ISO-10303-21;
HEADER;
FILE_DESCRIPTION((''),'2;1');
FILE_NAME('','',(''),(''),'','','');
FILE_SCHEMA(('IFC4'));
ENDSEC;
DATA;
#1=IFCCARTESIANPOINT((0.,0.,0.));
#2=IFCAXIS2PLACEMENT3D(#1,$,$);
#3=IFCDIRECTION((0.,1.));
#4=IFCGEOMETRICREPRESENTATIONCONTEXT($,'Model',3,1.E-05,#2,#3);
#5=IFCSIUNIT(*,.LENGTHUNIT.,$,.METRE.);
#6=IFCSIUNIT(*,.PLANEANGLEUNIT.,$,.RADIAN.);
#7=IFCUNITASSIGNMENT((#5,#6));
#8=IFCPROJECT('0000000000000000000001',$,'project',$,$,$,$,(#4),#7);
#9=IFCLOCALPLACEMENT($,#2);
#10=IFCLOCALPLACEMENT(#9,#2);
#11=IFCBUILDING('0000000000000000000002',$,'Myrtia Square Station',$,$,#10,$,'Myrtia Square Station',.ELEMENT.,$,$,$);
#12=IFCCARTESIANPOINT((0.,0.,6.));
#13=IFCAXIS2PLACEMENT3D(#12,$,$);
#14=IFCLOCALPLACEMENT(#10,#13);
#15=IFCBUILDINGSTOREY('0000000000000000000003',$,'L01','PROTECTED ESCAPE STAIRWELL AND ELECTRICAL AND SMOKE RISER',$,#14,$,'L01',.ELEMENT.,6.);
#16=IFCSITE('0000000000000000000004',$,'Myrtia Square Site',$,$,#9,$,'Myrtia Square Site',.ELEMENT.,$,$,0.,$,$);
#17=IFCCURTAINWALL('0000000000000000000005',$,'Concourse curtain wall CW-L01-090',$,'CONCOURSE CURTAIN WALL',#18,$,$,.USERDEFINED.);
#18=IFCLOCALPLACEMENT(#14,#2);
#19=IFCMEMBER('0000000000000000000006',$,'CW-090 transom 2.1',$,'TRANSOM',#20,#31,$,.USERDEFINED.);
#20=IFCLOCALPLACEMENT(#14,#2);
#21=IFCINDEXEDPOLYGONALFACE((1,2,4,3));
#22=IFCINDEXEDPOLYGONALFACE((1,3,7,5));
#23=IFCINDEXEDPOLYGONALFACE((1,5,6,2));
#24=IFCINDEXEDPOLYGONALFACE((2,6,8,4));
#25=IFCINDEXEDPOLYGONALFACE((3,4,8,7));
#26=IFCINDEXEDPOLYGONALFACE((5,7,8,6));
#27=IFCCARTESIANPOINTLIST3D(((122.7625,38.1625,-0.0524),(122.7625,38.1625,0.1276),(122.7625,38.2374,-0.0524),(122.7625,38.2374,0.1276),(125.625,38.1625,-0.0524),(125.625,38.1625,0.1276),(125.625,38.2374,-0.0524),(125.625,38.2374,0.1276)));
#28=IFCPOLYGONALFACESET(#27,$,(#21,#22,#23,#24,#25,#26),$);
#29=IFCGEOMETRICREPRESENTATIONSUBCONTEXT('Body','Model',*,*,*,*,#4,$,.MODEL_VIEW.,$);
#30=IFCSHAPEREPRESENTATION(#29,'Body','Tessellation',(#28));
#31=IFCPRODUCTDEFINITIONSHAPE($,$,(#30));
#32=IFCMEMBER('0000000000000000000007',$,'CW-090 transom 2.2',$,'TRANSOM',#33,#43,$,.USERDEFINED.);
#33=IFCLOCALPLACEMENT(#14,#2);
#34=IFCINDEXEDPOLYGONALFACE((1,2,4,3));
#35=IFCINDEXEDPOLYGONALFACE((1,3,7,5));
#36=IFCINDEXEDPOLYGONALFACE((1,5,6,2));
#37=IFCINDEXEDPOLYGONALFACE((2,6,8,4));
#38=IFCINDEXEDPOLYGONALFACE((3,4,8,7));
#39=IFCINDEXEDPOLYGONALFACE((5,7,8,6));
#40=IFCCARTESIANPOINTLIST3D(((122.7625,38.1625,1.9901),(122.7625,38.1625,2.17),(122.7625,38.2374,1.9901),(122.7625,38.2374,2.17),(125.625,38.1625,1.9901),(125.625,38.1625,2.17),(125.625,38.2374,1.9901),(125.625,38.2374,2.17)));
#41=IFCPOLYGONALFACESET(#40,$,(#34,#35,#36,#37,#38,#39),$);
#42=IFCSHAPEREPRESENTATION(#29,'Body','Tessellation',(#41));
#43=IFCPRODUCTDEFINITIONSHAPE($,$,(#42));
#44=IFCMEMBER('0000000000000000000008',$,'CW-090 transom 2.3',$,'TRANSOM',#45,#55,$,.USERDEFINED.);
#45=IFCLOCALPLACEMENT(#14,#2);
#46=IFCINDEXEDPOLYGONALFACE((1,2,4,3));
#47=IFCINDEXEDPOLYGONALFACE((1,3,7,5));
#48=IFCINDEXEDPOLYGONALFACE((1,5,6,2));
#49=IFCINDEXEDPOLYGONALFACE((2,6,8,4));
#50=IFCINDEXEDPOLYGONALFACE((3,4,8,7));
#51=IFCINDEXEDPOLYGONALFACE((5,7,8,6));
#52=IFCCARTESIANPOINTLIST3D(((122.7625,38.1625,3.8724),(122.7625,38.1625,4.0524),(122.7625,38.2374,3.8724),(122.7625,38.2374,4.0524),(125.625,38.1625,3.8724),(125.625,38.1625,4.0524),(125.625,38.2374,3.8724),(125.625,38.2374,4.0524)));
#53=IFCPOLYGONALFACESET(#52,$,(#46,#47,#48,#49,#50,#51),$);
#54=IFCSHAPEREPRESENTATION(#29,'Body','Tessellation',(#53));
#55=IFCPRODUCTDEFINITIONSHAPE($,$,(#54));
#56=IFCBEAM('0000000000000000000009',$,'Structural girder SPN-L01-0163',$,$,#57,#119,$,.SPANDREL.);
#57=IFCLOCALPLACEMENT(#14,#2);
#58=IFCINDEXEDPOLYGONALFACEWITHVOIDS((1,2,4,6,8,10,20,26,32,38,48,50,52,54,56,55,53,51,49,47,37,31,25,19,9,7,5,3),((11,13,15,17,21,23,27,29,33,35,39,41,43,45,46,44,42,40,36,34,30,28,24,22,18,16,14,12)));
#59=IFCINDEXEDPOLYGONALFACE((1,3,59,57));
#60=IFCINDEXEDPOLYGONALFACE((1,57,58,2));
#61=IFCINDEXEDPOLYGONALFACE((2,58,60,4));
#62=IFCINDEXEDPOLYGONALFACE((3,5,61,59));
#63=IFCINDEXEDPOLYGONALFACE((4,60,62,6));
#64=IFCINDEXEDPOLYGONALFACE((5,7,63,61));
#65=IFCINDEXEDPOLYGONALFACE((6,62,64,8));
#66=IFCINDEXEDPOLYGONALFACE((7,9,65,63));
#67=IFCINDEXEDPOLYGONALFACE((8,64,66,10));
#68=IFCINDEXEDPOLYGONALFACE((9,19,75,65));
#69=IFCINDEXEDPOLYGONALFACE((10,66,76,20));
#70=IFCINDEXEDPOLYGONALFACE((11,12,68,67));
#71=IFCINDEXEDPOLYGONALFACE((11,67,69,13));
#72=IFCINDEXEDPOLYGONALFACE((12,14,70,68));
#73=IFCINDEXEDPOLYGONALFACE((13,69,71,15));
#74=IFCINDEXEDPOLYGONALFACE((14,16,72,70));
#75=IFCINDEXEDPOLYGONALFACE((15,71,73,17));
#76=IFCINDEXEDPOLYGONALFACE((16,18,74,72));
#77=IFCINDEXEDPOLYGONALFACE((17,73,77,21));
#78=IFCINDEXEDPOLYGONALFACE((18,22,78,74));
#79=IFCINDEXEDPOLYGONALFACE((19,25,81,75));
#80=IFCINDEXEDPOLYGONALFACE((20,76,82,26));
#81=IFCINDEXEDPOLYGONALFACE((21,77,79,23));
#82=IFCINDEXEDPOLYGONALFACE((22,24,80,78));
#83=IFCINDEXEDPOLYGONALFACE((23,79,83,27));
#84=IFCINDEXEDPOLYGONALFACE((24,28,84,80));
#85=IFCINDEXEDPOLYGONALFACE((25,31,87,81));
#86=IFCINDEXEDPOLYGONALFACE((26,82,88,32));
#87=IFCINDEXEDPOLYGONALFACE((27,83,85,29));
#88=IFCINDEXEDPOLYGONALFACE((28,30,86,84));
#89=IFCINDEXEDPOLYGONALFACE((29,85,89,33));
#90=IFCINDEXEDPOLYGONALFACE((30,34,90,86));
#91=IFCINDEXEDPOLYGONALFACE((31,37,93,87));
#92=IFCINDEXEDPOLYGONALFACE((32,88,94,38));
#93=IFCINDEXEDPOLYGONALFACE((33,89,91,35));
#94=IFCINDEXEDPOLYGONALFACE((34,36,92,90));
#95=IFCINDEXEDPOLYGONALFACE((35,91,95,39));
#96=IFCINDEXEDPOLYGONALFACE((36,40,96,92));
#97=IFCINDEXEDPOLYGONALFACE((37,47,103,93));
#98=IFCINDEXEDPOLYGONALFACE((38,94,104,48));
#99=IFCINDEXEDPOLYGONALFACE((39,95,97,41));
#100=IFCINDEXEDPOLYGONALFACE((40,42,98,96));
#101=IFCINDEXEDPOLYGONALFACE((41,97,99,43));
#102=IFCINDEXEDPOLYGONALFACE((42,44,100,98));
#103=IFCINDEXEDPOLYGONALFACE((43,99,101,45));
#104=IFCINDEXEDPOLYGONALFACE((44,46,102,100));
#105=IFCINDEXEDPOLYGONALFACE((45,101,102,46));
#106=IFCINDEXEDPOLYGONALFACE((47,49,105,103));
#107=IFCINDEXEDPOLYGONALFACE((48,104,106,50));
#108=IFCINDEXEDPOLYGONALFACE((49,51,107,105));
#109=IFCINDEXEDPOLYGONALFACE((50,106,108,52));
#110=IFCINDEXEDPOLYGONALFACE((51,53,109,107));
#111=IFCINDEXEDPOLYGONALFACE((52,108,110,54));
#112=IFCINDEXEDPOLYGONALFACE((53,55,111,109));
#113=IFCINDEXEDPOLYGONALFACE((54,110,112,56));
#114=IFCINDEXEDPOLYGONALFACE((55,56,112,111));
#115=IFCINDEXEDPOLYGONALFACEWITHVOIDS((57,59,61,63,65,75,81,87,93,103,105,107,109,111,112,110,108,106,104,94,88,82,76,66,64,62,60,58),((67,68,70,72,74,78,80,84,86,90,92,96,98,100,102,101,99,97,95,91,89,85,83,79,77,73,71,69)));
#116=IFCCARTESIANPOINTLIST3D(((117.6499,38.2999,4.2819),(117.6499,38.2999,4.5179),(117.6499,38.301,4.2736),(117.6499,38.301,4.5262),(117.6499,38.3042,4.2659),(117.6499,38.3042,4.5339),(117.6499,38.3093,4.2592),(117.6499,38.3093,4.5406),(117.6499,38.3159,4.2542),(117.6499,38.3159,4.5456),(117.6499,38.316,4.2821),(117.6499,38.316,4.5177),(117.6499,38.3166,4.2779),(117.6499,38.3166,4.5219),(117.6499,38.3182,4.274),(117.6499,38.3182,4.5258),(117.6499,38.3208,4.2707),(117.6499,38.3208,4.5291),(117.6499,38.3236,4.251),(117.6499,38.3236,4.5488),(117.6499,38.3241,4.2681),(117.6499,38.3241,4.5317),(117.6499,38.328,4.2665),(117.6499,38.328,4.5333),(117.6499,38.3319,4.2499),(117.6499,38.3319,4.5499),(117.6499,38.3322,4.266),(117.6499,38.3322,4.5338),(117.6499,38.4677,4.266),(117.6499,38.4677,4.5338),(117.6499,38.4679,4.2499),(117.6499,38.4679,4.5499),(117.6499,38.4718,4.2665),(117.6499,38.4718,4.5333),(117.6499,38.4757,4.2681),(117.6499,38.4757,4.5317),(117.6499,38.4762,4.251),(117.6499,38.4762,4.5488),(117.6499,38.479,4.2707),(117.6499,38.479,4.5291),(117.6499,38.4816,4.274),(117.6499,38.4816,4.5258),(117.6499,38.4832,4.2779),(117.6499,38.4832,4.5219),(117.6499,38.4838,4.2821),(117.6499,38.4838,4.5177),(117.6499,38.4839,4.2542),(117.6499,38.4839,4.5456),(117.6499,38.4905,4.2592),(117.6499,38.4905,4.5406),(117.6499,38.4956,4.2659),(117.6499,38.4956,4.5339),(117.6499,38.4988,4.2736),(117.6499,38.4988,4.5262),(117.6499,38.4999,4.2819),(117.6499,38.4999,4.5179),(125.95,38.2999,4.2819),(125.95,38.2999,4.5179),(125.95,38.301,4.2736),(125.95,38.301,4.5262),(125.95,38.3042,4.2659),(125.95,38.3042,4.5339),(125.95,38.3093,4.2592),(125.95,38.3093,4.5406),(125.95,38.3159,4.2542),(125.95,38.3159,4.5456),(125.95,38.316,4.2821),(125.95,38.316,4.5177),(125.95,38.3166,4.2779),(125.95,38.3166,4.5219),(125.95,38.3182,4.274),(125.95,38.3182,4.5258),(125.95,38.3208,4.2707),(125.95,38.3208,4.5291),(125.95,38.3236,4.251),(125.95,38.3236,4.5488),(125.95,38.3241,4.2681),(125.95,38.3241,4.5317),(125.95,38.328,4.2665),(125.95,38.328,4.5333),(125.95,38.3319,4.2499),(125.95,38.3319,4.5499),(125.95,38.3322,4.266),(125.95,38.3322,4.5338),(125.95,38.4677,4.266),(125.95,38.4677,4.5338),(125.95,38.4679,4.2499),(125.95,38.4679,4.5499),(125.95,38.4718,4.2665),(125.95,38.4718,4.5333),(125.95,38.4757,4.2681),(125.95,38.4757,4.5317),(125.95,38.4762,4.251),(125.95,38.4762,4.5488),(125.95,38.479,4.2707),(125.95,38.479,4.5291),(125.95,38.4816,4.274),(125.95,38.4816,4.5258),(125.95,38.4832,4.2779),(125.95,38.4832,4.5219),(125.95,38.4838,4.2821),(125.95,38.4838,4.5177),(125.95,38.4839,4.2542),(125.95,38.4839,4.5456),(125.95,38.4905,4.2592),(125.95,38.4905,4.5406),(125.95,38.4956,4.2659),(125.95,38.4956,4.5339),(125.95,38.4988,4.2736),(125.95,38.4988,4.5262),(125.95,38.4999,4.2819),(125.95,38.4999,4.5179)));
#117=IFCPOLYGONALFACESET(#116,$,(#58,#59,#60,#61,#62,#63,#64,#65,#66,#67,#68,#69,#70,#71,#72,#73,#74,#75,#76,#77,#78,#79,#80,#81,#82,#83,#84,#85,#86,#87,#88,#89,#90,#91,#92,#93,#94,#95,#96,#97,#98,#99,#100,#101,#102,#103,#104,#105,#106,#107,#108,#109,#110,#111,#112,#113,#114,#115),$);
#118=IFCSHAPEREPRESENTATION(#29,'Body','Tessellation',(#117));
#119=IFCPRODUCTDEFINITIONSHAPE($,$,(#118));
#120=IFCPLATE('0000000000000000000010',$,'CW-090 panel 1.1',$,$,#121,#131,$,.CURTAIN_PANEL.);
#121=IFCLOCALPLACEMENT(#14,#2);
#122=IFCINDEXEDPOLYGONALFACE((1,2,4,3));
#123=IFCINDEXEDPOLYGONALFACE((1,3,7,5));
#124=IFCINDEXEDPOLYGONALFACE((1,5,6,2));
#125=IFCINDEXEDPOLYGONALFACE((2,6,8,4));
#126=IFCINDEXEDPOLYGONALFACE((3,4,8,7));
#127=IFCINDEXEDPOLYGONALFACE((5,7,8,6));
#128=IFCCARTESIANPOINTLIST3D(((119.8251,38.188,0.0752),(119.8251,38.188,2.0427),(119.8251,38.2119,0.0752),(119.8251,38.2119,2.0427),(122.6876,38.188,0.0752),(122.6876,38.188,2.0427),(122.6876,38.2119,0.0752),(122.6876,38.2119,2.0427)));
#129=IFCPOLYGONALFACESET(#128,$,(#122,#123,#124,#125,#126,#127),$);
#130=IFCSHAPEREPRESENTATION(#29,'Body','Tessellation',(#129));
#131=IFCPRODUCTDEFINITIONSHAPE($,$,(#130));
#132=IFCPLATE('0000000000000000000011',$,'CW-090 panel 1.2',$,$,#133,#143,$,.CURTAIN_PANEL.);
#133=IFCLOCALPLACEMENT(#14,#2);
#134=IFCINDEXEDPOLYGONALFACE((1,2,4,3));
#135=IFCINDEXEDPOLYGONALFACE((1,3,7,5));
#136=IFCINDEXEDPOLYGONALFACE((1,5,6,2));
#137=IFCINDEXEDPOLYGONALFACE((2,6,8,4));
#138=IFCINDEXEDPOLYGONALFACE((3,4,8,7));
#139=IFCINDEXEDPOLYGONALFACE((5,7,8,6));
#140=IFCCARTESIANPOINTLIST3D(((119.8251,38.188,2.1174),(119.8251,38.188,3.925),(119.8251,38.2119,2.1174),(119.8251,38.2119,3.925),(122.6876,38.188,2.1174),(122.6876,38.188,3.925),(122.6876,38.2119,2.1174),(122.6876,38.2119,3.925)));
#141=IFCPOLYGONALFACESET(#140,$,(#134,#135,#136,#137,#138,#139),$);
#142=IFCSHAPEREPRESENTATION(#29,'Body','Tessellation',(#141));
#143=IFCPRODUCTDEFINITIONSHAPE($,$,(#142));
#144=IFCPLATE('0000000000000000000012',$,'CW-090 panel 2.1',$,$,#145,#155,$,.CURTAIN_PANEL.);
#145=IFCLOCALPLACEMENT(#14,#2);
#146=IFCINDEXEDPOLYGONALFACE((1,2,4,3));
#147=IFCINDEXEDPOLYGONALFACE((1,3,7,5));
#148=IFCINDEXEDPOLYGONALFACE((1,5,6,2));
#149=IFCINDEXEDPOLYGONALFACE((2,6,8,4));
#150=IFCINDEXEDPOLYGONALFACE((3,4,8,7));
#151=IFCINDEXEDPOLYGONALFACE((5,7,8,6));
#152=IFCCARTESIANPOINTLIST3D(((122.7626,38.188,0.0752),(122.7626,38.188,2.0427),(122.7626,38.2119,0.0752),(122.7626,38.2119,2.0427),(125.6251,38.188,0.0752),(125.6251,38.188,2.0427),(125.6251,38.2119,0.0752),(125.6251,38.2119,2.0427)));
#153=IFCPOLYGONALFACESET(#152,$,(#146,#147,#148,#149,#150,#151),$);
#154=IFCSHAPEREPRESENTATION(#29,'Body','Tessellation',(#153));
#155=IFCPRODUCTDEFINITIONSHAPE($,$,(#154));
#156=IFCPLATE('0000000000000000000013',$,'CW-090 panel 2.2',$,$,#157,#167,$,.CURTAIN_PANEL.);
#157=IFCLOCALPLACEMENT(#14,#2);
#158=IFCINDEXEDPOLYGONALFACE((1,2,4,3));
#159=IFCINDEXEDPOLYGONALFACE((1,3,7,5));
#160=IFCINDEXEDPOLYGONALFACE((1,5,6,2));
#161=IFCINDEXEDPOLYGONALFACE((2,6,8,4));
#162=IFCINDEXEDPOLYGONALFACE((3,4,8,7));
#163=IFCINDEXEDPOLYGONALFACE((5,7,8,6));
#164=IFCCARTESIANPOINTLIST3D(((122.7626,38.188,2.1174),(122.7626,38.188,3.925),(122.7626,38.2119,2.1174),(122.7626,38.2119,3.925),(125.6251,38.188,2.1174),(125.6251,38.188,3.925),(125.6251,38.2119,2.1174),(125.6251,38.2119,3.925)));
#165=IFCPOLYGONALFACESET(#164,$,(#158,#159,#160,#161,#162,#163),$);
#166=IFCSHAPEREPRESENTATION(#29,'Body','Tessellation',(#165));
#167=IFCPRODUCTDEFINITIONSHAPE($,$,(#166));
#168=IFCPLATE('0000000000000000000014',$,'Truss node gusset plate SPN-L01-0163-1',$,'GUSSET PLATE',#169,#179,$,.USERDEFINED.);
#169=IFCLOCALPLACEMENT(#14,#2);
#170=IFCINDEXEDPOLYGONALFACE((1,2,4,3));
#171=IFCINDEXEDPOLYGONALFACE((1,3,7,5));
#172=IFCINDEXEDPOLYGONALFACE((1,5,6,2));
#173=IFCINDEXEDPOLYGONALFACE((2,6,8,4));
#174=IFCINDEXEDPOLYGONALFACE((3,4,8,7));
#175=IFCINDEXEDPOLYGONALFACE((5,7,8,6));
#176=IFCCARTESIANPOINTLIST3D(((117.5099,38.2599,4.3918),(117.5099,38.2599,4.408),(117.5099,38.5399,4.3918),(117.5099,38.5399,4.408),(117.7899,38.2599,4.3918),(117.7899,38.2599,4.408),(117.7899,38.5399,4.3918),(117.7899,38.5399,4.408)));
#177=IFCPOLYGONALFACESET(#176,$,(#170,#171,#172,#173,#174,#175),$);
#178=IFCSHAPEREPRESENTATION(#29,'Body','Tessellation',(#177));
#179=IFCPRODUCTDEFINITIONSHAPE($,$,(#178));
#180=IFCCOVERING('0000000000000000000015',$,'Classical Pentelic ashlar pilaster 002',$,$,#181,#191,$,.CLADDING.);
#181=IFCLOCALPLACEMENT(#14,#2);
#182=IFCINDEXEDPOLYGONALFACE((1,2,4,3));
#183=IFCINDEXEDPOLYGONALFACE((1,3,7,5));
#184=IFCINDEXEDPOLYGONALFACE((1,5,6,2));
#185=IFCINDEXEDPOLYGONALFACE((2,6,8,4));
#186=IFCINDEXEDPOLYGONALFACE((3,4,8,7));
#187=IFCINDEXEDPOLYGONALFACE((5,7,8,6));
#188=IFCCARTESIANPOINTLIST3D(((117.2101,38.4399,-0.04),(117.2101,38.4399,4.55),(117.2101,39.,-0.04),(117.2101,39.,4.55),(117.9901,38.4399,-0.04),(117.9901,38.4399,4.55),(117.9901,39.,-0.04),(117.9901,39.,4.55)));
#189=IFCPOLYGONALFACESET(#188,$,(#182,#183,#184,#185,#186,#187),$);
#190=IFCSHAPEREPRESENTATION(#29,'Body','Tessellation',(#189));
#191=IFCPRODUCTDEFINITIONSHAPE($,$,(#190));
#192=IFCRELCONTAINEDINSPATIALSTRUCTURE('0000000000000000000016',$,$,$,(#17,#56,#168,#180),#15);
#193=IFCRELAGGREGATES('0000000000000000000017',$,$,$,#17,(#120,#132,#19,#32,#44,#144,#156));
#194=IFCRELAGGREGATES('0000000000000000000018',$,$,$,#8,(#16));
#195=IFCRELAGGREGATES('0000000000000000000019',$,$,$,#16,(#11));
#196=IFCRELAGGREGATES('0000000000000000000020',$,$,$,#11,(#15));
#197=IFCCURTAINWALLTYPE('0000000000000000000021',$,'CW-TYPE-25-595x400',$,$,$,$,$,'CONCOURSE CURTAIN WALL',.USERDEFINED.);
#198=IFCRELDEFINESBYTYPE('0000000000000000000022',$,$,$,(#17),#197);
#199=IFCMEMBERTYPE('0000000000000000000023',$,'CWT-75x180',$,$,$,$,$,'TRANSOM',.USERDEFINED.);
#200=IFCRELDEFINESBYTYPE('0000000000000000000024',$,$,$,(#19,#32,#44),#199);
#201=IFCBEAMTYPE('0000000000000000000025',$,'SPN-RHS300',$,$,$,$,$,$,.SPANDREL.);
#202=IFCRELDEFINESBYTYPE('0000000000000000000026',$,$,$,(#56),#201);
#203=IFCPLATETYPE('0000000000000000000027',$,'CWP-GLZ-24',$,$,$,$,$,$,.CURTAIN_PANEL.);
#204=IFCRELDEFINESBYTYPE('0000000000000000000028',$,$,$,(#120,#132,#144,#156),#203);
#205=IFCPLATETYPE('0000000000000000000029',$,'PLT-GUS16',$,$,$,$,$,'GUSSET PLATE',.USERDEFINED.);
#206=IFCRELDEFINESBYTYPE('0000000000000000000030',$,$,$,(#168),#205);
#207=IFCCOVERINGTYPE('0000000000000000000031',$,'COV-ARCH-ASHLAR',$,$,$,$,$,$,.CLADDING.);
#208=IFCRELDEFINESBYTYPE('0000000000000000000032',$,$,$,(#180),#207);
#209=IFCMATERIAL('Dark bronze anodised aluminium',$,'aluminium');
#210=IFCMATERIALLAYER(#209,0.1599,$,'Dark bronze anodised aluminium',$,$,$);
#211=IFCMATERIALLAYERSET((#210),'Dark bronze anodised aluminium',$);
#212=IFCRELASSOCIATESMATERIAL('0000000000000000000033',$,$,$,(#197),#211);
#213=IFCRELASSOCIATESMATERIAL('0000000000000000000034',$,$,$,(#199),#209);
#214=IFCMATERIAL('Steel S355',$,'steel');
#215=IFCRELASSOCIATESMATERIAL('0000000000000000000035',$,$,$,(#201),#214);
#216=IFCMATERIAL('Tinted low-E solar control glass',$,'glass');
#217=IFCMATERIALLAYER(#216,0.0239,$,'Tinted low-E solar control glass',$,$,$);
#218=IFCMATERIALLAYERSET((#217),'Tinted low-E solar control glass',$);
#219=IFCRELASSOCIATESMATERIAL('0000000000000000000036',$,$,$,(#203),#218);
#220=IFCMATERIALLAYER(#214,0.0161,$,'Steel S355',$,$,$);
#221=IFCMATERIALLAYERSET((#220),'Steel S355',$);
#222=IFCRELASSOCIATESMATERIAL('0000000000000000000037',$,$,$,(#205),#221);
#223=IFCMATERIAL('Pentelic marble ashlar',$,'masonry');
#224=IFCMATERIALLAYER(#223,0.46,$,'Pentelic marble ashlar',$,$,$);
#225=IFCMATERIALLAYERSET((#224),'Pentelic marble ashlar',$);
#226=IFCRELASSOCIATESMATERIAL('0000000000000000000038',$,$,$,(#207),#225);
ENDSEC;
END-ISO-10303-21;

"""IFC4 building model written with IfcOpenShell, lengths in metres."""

from ifc_helpers import new_model, si_unit, direction, frame, origin, origin_2d, place, context, subcontext, project, spatial, rectangle, hollow_rectangle, extrude, material, layer, layer_set, material_profile, profile_set, type_object, element, aggregate, save


model = new_model("IFC4")

# Units and contexts
model_context = context("Model", 3, precision=1e-05, world=origin(), true_north=direction((0.0, 1.0)))
body_context = subcontext(model_context, "Body", "Model", "MODEL_VIEW")
ifc_project = project(units=[si_unit("LENGTHUNIT", "METRE"), si_unit("PLANEANGLEUNIT", "RADIAN")], contexts=[model_context])

# Site, building, storey
site_placement = place(None, origin())
site = spatial("IfcSite", under=ifc_project, at=site_placement, Name="Myrtia Square Site", LongName="Myrtia Square Site", CompositionType="ELEMENT", RefElevation=0.0)
building_placement = place(site_placement, origin())
building = spatial("IfcBuilding", under=site, at=building_placement, Name="Myrtia Square Station", LongName="Myrtia Square Station", CompositionType="ELEMENT")
storey_placement = place(building_placement, frame((0.0, 0.0, 6.0)))
storey = spatial("IfcBuildingStorey", under=building, at=storey_placement, Name="L01", Description="PROTECTED ESCAPE STAIRWELL AND ELECTRICAL AND SMOKE RISER", LongName="L01", CompositionType="ELEMENT", Elevation=6.0)

# Shared definitions
ifc_material_1 = material(Name="Steel S355", Category="steel")

# Curtain wall, members
ifc_material_2 = material(Name="Dark bronze anodised aluminium", Category="aluminium")
ifc_layer_1 = layer(ifc_material_2, 0.1599, Name="Dark bronze anodised aluminium")
ifc_layer_set_1 = layer_set([ifc_layer_1], Name="Dark bronze anodised aluminium")
curtain_wall_type = type_object("IfcCurtainWallType", Name="CW-TYPE-25-595x400", ElementType="CONCOURSE CURTAIN WALL", PredefinedType="USERDEFINED", material=ifc_layer_set_1)
curtain_wall_placement = place(storey_placement, origin())
curtain_wall = element("IfcCurtainWall", 1, at=curtain_wall_placement, inside=storey, type_object=curtain_wall_type, Name="Concourse curtain wall CW-L01-090", ObjectType="CONCOURSE CURTAIN WALL", PredefinedType="USERDEFINED")
ifc_material_profile_1 = material_profile(ifc_material_2, rectangle(XDim=0.075, YDim=0.1799, at=origin_2d()), Name="ALU-T 75x180")
ifc_profile_set_1 = profile_set([ifc_material_profile_1], Name="Dark bronze anodised aluminium")
member_type_1 = type_object("IfcMemberType", Name="CWT-75x180", ElementType="TRANSOM", PredefinedType="USERDEFINED", material=ifc_profile_set_1)
member_1_placement = place(storey_placement, frame((122.7625, 38.2, 0.0376), z_axis=(1.0, 0.0, 0.0), x_axis=(0.0, 1.0, 0.0)))
member_1 = element("IfcMember", 2, at=member_1_placement, type_object=member_type_1, Name="CW-090 transom 2.1", ObjectType="TRANSOM", PredefinedType="USERDEFINED", context=body_context, shape_type="SweptSolid", body=[
    extrude(rectangle(XDim=0.075, YDim=0.1799, at=origin_2d()), origin(), (0.0, 0.0, 1.0), 2.8625),
])
member_2_placement = place(storey_placement, frame((122.7625, 38.2, 2.0801), z_axis=(1.0, 0.0, 0.0), x_axis=(0.0, 1.0, 0.0)))
member_2 = element("IfcMember", 3, at=member_2_placement, type_object=member_type_1, Name="CW-090 transom 2.2", ObjectType="TRANSOM", PredefinedType="USERDEFINED", context=body_context, shape_type="SweptSolid", body=[
    extrude(rectangle(XDim=0.075, YDim=0.1799, at=origin_2d()), origin(), (0.0, 0.0, 1.0), 2.8625),
])
member_3_placement = place(storey_placement, frame((122.7625, 38.2, 3.9624), z_axis=(1.0, 0.0, 0.0), x_axis=(0.0, 1.0, 0.0)))
member_3 = element("IfcMember", 4, at=member_3_placement, type_object=member_type_1, Name="CW-090 transom 2.3", ObjectType="TRANSOM", PredefinedType="USERDEFINED", context=body_context, shape_type="SweptSolid", body=[
    extrude(rectangle(XDim=0.075, YDim=0.1799, at=origin_2d()), origin(), (0.0, 0.0, 1.0), 2.8625),
])

# Beam
ifc_material_profile_2 = material_profile(ifc_material_1, hollow_rectangle(XDim=0.2, YDim=0.3, WallThickness=0.0161, InnerFilletRadius=0.0161, OuterFilletRadius=0.032, at=origin_2d()), Name="RHS 300x200x16")
ifc_profile_set_2 = profile_set([ifc_material_profile_2], Name="Steel S355")
beam_type = type_object("IfcBeamType", Name="SPN-RHS300", PredefinedType="SPANDREL", material=ifc_profile_set_2)
beam_placement = place(storey_placement, frame((117.6499, 38.3999, 4.3999), z_axis=(1.0, 0.0, 0.0), x_axis=(0.0, 1.0, 0.0)))
element("IfcBeam", 5, at=beam_placement, inside=storey, type_object=beam_type, Name="Structural girder SPN-L01-0163", PredefinedType="SPANDREL", context=body_context, shape_type="SweptSolid", body=[
    extrude(hollow_rectangle(XDim=0.2, YDim=0.3, WallThickness=0.0161, InnerFilletRadius=0.0161, OuterFilletRadius=0.032, at=origin_2d()), origin(), (0.0, 0.0, 1.0), 8.3),
])

# Plates
ifc_material_3 = material(Name="Tinted low-E solar control glass", Category="glass")
ifc_layer_2 = layer(ifc_material_3, 0.0239, Name="Tinted low-E solar control glass")
ifc_layer_set_2 = layer_set([ifc_layer_2], Name="Tinted low-E solar control glass")
plate_type_1 = type_object("IfcPlateType", Name="CWP-GLZ-24", PredefinedType="CURTAIN_PANEL", material=ifc_layer_set_2)
plate_1_placement = place(storey_placement, frame((121.2563, 38.2, 0.0752), z_axis=(0.0, 0.0, 1.0), x_axis=(1.0, 0.0, 0.0)))
plate_1 = element("IfcPlate", 6, at=plate_1_placement, type_object=plate_type_1, Name="CW-090 panel 1.1", PredefinedType="CURTAIN_PANEL", context=body_context, shape_type="SweptSolid", body=[
    extrude(rectangle(XDim=2.8625, YDim=0.0239, at=origin_2d()), origin(), (0.0, 0.0, 1.0), 1.9675),
])
plate_2_placement = place(storey_placement, frame((121.2563, 38.2, 2.1174), z_axis=(0.0, 0.0, 1.0), x_axis=(1.0, 0.0, 0.0)))
plate_2 = element("IfcPlate", 7, at=plate_2_placement, type_object=plate_type_1, Name="CW-090 panel 1.2", PredefinedType="CURTAIN_PANEL", context=body_context, shape_type="SweptSolid", body=[
    extrude(rectangle(XDim=2.8625, YDim=0.0239, at=origin_2d()), origin(), (0.0, 0.0, 1.0), 1.8076),
])
plate_3_placement = place(storey_placement, frame((124.1938, 38.2, 0.0752), z_axis=(0.0, 0.0, 1.0), x_axis=(1.0, 0.0, 0.0)))
plate_3 = element("IfcPlate", 8, at=plate_3_placement, type_object=plate_type_1, Name="CW-090 panel 2.1", PredefinedType="CURTAIN_PANEL", context=body_context, shape_type="SweptSolid", body=[
    extrude(rectangle(XDim=2.8625, YDim=0.0239, at=origin_2d()), origin(), (0.0, 0.0, 1.0), 1.9675),
])
plate_4_placement = place(storey_placement, frame((124.1938, 38.2, 2.1174), z_axis=(0.0, 0.0, 1.0), x_axis=(1.0, 0.0, 0.0)))
plate_4 = element("IfcPlate", 9, at=plate_4_placement, type_object=plate_type_1, Name="CW-090 panel 2.2", PredefinedType="CURTAIN_PANEL", context=body_context, shape_type="SweptSolid", body=[
    extrude(rectangle(XDim=2.8625, YDim=0.0239, at=origin_2d()), origin(), (0.0, 0.0, 1.0), 1.8076),
])
aggregate(curtain_wall, [plate_1, plate_2, member_1, member_2, member_3, plate_3, plate_4])
ifc_layer_3 = layer(ifc_material_1, 0.0161, Name="Steel S355")
ifc_layer_set_3 = layer_set([ifc_layer_3], Name="Steel S355")
plate_type_2 = type_object("IfcPlateType", Name="PLT-GUS16", ElementType="GUSSET PLATE", PredefinedType="USERDEFINED", material=ifc_layer_set_3)
plate_5_placement = place(storey_placement, frame((117.6499, 38.3999, 4.3918), z_axis=(0.0, 0.0, 1.0), x_axis=(1.0, 0.0, 0.0)))
element("IfcPlate", 10, at=plate_5_placement, inside=storey, type_object=plate_type_2, Name="Truss node gusset plate SPN-L01-0163-1", ObjectType="GUSSET PLATE", PredefinedType="USERDEFINED", context=body_context, shape_type="SweptSolid", body=[
    extrude(rectangle(XDim=0.28, YDim=0.28, at=origin_2d()), origin(), (0.0, 0.0, 1.0), 0.0161),
])

# Covering
ifc_material_4 = material(Name="Pentelic marble ashlar", Category="masonry")
ifc_layer_4 = layer(ifc_material_4, 0.46, Name="Pentelic marble ashlar")
ifc_layer_set_4 = layer_set([ifc_layer_4], Name="Pentelic marble ashlar")
covering_type = type_object("IfcCoveringType", Name="COV-ARCH-ASHLAR", PredefinedType="CLADDING", material=ifc_layer_set_4)
covering_placement = place(storey_placement, frame((117.6001, 38.72, -0.04), z_axis=(0.0, 0.0, 1.0), x_axis=(1.0, 0.0, 0.0)))
element("IfcCovering", 11, at=covering_placement, inside=storey, type_object=covering_type, Name="Classical Pentelic ashlar pilaster 002", PredefinedType="CLADDING", context=body_context, shape_type="SweptSolid", body=[
    extrude(rectangle(XDim=0.78, YDim=0.5601, at=origin_2d()), origin(), (0.0, 0.0, 1.0), 4.5901),
])

save(model, "model.ifc")
